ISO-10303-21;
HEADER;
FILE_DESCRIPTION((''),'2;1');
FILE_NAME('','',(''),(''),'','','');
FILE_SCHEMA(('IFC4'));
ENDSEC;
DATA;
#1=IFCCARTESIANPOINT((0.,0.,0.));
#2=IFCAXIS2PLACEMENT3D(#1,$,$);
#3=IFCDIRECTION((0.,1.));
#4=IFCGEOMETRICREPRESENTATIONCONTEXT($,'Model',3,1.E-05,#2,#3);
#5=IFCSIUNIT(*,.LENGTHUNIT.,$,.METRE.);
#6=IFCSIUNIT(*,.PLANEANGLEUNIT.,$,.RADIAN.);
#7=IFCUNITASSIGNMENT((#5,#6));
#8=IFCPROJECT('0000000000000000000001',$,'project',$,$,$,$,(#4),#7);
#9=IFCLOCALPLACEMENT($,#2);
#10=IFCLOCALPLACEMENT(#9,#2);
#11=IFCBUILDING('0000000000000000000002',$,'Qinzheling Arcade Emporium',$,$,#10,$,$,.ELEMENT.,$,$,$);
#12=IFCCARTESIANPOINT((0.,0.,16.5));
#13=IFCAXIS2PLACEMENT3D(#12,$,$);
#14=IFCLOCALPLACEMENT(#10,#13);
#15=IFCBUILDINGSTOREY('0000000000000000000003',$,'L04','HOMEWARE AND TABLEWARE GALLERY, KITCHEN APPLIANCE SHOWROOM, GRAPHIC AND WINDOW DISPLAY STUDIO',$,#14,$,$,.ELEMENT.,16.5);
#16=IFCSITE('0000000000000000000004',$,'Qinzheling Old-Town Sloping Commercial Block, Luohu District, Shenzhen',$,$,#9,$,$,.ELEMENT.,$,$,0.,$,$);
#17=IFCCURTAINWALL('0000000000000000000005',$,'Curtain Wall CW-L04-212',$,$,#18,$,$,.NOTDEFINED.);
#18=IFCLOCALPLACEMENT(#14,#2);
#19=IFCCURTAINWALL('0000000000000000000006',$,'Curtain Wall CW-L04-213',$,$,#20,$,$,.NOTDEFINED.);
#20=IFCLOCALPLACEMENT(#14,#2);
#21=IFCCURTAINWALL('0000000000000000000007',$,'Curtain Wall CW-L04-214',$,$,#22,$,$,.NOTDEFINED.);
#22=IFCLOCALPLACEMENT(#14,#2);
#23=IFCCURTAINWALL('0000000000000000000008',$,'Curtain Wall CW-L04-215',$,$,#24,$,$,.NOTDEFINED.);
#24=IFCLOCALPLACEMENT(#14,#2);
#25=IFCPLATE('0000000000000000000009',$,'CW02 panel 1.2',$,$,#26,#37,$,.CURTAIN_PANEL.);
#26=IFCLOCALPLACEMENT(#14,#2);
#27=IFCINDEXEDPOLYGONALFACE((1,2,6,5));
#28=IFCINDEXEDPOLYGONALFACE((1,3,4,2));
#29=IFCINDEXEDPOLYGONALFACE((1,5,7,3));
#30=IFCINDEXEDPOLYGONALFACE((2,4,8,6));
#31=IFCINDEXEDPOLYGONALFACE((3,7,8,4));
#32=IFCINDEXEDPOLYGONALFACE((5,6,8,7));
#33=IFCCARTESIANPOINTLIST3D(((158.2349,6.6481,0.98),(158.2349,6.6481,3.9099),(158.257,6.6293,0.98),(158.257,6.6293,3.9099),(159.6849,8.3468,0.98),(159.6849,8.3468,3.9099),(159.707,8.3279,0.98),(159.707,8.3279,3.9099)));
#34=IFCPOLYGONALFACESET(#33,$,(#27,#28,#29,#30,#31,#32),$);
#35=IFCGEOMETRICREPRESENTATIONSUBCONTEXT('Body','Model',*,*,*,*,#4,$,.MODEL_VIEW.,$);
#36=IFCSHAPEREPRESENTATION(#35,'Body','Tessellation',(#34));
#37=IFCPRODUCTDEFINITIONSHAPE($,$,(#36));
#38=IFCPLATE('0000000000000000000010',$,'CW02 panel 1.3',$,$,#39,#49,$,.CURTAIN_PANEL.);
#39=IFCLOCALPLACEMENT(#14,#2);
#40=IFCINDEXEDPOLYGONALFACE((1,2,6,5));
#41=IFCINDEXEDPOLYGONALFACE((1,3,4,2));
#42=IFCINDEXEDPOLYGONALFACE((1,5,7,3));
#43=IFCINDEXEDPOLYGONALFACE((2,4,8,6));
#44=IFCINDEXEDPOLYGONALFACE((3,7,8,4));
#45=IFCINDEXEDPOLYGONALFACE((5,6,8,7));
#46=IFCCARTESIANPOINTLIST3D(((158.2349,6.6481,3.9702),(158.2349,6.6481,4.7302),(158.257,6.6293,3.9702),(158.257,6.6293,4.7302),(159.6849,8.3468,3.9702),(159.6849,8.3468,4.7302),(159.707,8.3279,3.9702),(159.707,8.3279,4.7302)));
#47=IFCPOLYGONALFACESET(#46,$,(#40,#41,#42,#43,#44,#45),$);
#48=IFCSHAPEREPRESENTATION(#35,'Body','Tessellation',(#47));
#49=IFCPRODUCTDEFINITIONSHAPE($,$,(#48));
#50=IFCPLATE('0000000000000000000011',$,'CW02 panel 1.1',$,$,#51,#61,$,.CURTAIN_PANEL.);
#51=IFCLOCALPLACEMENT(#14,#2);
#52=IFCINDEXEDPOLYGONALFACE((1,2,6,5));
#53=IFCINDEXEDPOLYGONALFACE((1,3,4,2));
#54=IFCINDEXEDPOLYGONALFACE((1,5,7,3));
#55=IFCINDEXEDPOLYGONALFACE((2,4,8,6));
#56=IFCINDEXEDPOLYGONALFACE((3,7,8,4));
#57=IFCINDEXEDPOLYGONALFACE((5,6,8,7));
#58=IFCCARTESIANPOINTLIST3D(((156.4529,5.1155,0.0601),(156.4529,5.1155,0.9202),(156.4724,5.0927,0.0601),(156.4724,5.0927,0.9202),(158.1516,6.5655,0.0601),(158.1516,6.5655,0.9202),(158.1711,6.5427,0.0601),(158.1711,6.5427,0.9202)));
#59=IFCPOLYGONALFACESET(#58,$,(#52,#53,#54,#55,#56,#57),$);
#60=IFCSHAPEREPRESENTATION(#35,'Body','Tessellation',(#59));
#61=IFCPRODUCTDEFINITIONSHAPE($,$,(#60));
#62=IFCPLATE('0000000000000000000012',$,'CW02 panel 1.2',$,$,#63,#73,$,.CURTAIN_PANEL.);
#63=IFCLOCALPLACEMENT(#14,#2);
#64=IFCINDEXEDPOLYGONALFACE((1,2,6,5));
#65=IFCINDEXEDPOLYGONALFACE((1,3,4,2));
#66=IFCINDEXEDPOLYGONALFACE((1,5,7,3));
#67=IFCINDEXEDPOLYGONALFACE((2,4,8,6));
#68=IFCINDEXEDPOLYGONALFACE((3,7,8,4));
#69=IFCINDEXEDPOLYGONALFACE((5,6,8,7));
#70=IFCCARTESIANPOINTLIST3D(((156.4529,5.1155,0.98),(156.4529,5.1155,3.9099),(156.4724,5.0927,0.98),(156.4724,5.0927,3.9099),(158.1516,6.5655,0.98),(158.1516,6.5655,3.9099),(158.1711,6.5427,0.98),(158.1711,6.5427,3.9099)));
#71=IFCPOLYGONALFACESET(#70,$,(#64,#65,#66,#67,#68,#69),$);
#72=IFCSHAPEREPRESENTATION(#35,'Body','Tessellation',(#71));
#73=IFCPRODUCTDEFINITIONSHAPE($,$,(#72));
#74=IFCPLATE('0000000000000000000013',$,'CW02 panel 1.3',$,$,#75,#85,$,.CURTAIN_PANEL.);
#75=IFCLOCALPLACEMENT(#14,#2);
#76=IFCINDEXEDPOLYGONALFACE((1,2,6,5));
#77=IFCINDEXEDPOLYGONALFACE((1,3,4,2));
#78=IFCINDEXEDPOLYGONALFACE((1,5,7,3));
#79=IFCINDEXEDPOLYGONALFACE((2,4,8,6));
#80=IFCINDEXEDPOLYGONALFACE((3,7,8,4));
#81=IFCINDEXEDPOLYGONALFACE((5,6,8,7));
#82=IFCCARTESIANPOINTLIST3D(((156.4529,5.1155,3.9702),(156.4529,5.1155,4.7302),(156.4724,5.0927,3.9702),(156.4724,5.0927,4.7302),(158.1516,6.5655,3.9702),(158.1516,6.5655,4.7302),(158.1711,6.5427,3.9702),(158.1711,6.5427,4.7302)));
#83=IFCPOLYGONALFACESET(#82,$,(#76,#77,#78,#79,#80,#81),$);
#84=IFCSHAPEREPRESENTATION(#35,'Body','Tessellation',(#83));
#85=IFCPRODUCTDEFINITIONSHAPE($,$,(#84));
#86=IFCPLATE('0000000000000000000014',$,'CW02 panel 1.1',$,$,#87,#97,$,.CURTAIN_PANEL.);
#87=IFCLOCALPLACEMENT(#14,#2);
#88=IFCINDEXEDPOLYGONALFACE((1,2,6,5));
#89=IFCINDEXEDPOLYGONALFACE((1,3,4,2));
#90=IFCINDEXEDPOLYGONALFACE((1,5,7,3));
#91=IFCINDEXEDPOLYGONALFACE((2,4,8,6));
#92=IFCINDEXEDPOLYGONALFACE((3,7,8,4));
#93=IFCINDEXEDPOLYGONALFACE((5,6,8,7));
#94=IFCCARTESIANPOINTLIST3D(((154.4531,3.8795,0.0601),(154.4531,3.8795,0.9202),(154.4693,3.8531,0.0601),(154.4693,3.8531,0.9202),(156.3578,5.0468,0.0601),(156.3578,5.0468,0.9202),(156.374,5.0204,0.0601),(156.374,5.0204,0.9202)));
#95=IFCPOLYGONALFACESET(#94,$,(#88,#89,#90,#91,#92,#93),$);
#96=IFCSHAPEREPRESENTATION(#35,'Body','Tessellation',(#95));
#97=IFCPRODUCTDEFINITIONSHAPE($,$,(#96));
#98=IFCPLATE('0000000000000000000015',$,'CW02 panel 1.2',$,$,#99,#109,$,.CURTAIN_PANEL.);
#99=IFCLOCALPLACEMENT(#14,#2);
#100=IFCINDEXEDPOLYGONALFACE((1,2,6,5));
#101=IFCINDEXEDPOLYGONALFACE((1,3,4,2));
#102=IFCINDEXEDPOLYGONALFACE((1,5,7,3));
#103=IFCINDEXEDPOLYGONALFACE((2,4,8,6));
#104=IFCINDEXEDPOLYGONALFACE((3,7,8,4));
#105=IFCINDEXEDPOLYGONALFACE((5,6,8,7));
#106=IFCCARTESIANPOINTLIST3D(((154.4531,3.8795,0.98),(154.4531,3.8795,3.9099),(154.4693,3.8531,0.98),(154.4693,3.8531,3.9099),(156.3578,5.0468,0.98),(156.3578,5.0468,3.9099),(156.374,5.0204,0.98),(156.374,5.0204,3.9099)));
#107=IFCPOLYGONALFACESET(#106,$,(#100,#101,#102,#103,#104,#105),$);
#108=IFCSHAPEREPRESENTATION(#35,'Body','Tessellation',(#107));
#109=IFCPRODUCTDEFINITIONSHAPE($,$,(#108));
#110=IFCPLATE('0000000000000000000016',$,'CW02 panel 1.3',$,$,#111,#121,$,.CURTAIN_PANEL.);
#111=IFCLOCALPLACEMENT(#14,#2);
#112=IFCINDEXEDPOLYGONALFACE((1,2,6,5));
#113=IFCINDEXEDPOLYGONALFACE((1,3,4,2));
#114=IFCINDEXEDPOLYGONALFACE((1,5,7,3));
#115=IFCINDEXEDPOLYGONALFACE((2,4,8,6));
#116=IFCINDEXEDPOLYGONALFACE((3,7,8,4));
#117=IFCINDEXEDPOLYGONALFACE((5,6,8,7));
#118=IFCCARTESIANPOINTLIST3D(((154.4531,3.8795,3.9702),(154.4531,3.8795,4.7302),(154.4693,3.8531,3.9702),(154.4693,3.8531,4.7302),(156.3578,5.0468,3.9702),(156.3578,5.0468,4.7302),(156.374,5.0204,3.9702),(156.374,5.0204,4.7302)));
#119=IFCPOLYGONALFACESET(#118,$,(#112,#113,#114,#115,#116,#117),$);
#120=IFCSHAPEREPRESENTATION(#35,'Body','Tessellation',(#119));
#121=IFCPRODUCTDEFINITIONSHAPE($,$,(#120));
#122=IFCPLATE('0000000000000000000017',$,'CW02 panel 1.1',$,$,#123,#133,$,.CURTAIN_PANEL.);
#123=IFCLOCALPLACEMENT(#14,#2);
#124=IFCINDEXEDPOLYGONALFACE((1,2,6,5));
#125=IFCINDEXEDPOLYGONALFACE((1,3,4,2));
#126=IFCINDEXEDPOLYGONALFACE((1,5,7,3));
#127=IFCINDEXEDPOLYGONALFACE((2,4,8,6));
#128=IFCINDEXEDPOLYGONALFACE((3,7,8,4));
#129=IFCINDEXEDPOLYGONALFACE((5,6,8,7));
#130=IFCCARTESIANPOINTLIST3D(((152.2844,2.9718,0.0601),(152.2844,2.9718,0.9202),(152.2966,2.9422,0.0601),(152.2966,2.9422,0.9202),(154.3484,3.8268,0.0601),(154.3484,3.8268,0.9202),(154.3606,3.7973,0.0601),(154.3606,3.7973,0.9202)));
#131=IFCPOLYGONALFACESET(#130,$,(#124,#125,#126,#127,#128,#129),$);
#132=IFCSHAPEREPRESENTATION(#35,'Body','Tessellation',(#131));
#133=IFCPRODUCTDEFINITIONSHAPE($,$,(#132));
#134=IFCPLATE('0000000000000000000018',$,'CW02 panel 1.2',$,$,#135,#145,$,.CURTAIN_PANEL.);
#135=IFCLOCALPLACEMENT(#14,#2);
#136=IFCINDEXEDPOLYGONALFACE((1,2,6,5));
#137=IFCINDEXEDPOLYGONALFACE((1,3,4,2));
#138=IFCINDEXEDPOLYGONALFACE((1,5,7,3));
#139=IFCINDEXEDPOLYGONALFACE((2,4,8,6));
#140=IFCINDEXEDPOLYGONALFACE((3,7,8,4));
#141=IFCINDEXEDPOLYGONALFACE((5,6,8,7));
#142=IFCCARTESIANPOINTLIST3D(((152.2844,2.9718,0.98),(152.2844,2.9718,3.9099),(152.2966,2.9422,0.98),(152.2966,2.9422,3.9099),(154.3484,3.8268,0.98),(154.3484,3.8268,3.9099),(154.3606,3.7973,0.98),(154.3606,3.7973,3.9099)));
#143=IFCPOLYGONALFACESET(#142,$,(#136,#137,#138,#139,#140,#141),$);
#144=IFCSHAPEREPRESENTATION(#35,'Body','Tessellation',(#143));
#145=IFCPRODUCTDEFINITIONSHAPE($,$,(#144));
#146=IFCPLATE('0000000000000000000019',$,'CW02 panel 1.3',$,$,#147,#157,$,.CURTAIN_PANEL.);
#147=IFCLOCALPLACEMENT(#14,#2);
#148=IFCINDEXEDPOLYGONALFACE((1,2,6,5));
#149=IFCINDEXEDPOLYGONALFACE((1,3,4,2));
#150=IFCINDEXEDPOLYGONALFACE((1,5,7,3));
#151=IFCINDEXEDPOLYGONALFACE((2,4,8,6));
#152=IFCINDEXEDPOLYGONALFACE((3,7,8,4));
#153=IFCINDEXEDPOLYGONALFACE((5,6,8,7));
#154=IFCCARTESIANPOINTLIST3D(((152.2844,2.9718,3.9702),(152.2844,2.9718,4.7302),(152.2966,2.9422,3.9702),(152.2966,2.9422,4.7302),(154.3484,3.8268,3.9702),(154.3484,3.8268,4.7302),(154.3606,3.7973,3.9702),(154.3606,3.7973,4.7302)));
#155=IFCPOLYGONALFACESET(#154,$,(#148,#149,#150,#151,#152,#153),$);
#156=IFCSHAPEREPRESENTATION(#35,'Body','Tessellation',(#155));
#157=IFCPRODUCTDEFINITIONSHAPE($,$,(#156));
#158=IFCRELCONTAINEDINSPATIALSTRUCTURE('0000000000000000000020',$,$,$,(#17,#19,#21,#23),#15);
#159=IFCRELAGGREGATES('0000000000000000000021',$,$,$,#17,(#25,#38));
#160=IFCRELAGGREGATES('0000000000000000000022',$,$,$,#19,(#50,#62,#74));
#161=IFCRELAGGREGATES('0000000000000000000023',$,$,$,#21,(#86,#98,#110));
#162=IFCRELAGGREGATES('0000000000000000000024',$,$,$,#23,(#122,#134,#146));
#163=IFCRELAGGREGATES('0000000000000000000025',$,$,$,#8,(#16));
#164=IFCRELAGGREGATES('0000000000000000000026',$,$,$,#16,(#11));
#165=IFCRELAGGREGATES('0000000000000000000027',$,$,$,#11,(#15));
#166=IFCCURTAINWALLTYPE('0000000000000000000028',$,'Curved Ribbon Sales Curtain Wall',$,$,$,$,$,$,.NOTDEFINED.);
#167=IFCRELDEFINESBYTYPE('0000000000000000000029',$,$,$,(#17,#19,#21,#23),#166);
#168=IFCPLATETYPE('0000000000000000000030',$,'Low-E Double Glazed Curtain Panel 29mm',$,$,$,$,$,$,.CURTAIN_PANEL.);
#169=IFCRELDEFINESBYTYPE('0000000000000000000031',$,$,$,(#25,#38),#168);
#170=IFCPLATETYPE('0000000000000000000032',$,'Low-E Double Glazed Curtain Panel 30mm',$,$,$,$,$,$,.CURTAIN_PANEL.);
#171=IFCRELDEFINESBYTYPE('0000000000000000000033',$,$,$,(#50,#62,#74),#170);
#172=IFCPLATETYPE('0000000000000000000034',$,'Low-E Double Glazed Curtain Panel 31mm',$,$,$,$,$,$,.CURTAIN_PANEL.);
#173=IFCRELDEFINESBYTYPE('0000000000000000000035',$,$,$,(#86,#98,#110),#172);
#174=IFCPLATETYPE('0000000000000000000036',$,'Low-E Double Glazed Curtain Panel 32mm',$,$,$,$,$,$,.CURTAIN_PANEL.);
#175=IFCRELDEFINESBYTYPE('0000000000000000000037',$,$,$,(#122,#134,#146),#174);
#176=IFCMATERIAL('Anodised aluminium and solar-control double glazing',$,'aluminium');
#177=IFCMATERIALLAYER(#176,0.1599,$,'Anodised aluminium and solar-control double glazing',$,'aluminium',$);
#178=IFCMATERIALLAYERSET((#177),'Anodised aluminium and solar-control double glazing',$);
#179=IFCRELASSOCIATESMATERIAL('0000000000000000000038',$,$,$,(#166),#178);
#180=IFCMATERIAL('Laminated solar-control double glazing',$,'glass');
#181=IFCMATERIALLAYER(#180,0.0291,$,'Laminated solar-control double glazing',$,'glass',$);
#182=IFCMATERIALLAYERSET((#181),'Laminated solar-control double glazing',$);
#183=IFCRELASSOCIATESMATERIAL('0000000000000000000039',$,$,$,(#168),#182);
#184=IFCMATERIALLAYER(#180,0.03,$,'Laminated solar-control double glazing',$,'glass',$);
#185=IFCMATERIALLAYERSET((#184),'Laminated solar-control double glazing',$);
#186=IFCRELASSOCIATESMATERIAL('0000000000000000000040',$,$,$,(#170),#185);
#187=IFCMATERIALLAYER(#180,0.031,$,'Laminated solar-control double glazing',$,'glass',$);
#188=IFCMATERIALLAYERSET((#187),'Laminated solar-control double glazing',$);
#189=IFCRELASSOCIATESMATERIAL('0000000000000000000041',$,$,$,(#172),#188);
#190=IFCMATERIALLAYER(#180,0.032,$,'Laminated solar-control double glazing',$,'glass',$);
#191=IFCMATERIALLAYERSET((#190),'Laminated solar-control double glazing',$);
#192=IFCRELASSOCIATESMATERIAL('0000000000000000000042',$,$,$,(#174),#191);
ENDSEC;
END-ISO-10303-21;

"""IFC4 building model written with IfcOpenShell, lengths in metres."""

from ifc_helpers import new_model, si_unit, direction, frame, origin, origin_2d, place, context, subcontext, project, spatial, rectangle, extrude, material, layer, layer_set, type_object, element, aggregate, save


model = new_model("IFC4")

# Units and contexts
model_context = context("Model", 3, precision=1e-05, world=origin(), true_north=direction((0.0, 1.0)))
body_context = subcontext(model_context, "Body", "Model", "MODEL_VIEW")
ifc_project = project(units=[si_unit("LENGTHUNIT", "METRE"), si_unit("PLANEANGLEUNIT", "RADIAN")], contexts=[model_context])

# Site, building, storey
site_placement = place(None, origin())
site = spatial("IfcSite", under=ifc_project, at=site_placement, Name="Qinzheling Old-Town Sloping Commercial Block, Luohu District, Shenzhen", CompositionType="ELEMENT", RefElevation=0.0)
building_placement = place(site_placement, origin())
building = spatial("IfcBuilding", under=site, at=building_placement, Name="Qinzheling Arcade Emporium", CompositionType="ELEMENT")
storey_placement = place(building_placement, frame((0.0, 0.0, 16.5)))
storey = spatial("IfcBuildingStorey", under=building, at=storey_placement, Name="L04", Description="HOMEWARE AND TABLEWARE GALLERY, KITCHEN APPLIANCE SHOWROOM, GRAPHIC AND WINDOW DISPLAY STUDIO", CompositionType="ELEMENT", Elevation=16.5)

# Shared definitions
ifc_material_1 = material(Name="Anodised aluminium and solar-control double glazing", Category="aluminium")
ifc_layer_1 = layer(ifc_material_1, 0.1599, Name="Anodised aluminium and solar-control double glazing", Category="aluminium")
ifc_layer_set_1 = layer_set([ifc_layer_1], Name="Anodised aluminium and solar-control double glazing")
curtain_wall_type = type_object("IfcCurtainWallType", Name="Curved Ribbon Sales Curtain Wall", PredefinedType="NOTDEFINED", material=ifc_layer_set_1)

# Curtain walls
curtain_wall_1_placement = place(storey_placement, origin())
curtain_wall_1 = element("IfcCurtainWall", 1, at=curtain_wall_1_placement, inside=storey, type_object=curtain_wall_type, Name="Curtain Wall CW-L04-212", PredefinedType="NOTDEFINED")
curtain_wall_2_placement = place(storey_placement, origin())
curtain_wall_2 = element("IfcCurtainWall", 2, at=curtain_wall_2_placement, inside=storey, type_object=curtain_wall_type, Name="Curtain Wall CW-L04-213", PredefinedType="NOTDEFINED")
curtain_wall_3_placement = place(storey_placement, origin())
curtain_wall_3 = element("IfcCurtainWall", 3, at=curtain_wall_3_placement, inside=storey, type_object=curtain_wall_type, Name="Curtain Wall CW-L04-214", PredefinedType="NOTDEFINED")

# Curtain wall
curtain_wall_4_placement = place(storey_placement, origin())
curtain_wall_4 = element("IfcCurtainWall", 4, at=curtain_wall_4_placement, inside=storey, type_object=curtain_wall_type, Name="Curtain Wall CW-L04-215", PredefinedType="NOTDEFINED")

# Plates
ifc_material_2 = material(Name="Laminated solar-control double glazing", Category="glass")
ifc_layer_2 = layer(ifc_material_2, 0.0291, Name="Laminated solar-control double glazing", Category="glass")
ifc_layer_set_2 = layer_set([ifc_layer_2], Name="Laminated solar-control double glazing")
plate_type_1 = type_object("IfcPlateType", Name="Low-E Double Glazed Curtain Panel 29mm", PredefinedType="CURTAIN_PANEL", material=ifc_layer_set_2)
plate_1_placement = place(storey_placement, frame((158.9709, 7.488, 0.98), z_axis=(0.0, 0.0, 1.0), x_axis=(-0.64925, -0.760575, 0.0)))
plate_1 = element("IfcPlate", 5, at=plate_1_placement, type_object=plate_type_1, Name="CW02 panel 1.2", PredefinedType="CURTAIN_PANEL", context=body_context, shape_type="SweptSolid", body=[
    extrude(rectangle(XDim=2.2334, YDim=0.0291, at=origin_2d()), origin(), (0.0, 0.0, 1.0), 2.9299),
])
plate_2_placement = place(storey_placement, frame((158.9709, 7.488, 3.9702), z_axis=(0.0, 0.0, 1.0), x_axis=(-0.64925, -0.760575, 0.0)))
plate_2 = element("IfcPlate", 6, at=plate_2_placement, type_object=plate_type_1, Name="CW02 panel 1.3", PredefinedType="CURTAIN_PANEL", context=body_context, shape_type="SweptSolid", body=[
    extrude(rectangle(XDim=2.2334, YDim=0.0291, at=origin_2d()), origin(), (0.0, 0.0, 1.0), 0.76),
])
aggregate(curtain_wall_1, [plate_1, plate_2])
ifc_layer_3 = layer(ifc_material_2, 0.03, Name="Laminated solar-control double glazing", Category="glass")
ifc_layer_set_3 = layer_set([ifc_layer_3], Name="Laminated solar-control double glazing")
plate_type_2 = type_object("IfcPlateType", Name="Low-E Double Glazed Curtain Panel 30mm", PredefinedType="CURTAIN_PANEL", material=ifc_layer_set_3)
plate_3_placement = place(storey_placement, frame((157.312, 5.8291, 0.0601), z_axis=(0.0, 0.0, 1.0), x_axis=(-0.760575, -0.64925, 0.0)))
plate_3 = element("IfcPlate", 7, at=plate_3_placement, type_object=plate_type_2, Name="CW02 panel 1.1", PredefinedType="CURTAIN_PANEL", context=body_context, shape_type="SweptSolid", body=[
    extrude(rectangle(XDim=2.2334, YDim=0.03, at=origin_2d()), origin(), (0.0, 0.0, 1.0), 0.8601),
])
plate_4_placement = place(storey_placement, frame((157.312, 5.8291, 0.98), z_axis=(0.0, 0.0, 1.0), x_axis=(-0.760575, -0.64925, 0.0)))
plate_4 = element("IfcPlate", 8, at=plate_4_placement, type_object=plate_type_2, Name="CW02 panel 1.2", PredefinedType="CURTAIN_PANEL", context=body_context, shape_type="SweptSolid", body=[
    extrude(rectangle(XDim=2.2334, YDim=0.03, at=origin_2d()), origin(), (0.0, 0.0, 1.0), 2.9299),
])
plate_5_placement = place(storey_placement, frame((157.312, 5.8291, 3.9702), z_axis=(0.0, 0.0, 1.0), x_axis=(-0.760575, -0.64925, 0.0)))
plate_5 = element("IfcPlate", 9, at=plate_5_placement, type_object=plate_type_2, Name="CW02 panel 1.3", PredefinedType="CURTAIN_PANEL", context=body_context, shape_type="SweptSolid", body=[
    extrude(rectangle(XDim=2.2334, YDim=0.03, at=origin_2d()), origin(), (0.0, 0.0, 1.0), 0.76),
])
aggregate(curtain_wall_2, [plate_3, plate_4, plate_5])
ifc_layer_4 = layer(ifc_material_2, 0.031, Name="Laminated solar-control double glazing", Category="glass")
ifc_layer_set_4 = layer_set([ifc_layer_4], Name="Laminated solar-control double glazing")
plate_type_3 = type_object("IfcPlateType", Name="Low-E Double Glazed Curtain Panel 31mm", PredefinedType="CURTAIN_PANEL", material=ifc_layer_set_4)
plate_6_placement = place(storey_placement, frame((155.4136, 4.45, 0.0601), z_axis=(0.0, 0.0, 1.0), x_axis=(-0.85262, -0.522532, 0.0)))
plate_6 = element("IfcPlate", 10, at=plate_6_placement, type_object=plate_type_3, Name="CW02 panel 1.1", PredefinedType="CURTAIN_PANEL", context=body_context, shape_type="SweptSolid", body=[
    extrude(rectangle(XDim=2.2339, YDim=0.031, at=origin_2d()), origin(), (0.0, 0.0, 1.0), 0.8601),
])
plate_7_placement = place(storey_placement, frame((155.4136, 4.45, 0.98), z_axis=(0.0, 0.0, 1.0), x_axis=(-0.85262, -0.522532, 0.0)))
plate_7 = element("IfcPlate", 11, at=plate_7_placement, type_object=plate_type_3, Name="CW02 panel 1.2", PredefinedType="CURTAIN_PANEL", context=body_context, shape_type="SweptSolid", body=[
    extrude(rectangle(XDim=2.2339, YDim=0.031, at=origin_2d()), origin(), (0.0, 0.0, 1.0), 2.9299),
])
plate_8_placement = place(storey_placement, frame((155.4136, 4.45, 3.9702), z_axis=(0.0, 0.0, 1.0), x_axis=(-0.85262, -0.522532, 0.0)))
plate_8 = element("IfcPlate", 12, at=plate_8_placement, type_object=plate_type_3, Name="CW02 panel 1.3", PredefinedType="CURTAIN_PANEL", context=body_context, shape_type="SweptSolid", body=[
    extrude(rectangle(XDim=2.2339, YDim=0.031, at=origin_2d()), origin(), (0.0, 0.0, 1.0), 0.76),
])
aggregate(curtain_wall_3, [plate_6, plate_7, plate_8])
ifc_layer_5 = layer(ifc_material_2, 0.032, Name="Laminated solar-control double glazing", Category="glass")
ifc_layer_set_5 = layer_set([ifc_layer_5], Name="Laminated solar-control double glazing")
plate_type_4 = type_object("IfcPlateType", Name="Low-E Double Glazed Curtain Panel 32mm", PredefinedType="CURTAIN_PANEL", material=ifc_layer_set_5)
plate_9_placement = place(storey_placement, frame((153.3225, 3.3845, 0.0601), z_axis=(0.0, 0.0, 1.0), x_axis=(-0.923867, -0.382714, 0.0)))
plate_9 = element("IfcPlate", 13, at=plate_9_placement, type_object=plate_type_4, Name="CW02 panel 1.1", PredefinedType="CURTAIN_PANEL", context=body_context, shape_type="SweptSolid", body=[
    extrude(rectangle(XDim=2.2341, YDim=0.032, at=origin_2d()), origin(), (0.0, 0.0, 1.0), 0.8601),
])
plate_10_placement = place(storey_placement, frame((153.3225, 3.3845, 0.98), z_axis=(0.0, 0.0, 1.0), x_axis=(-0.923867, -0.382714, 0.0)))
plate_10 = element("IfcPlate", 14, at=plate_10_placement, type_object=plate_type_4, Name="CW02 panel 1.2", PredefinedType="CURTAIN_PANEL", context=body_context, shape_type="SweptSolid", body=[
    extrude(rectangle(XDim=2.2341, YDim=0.032, at=origin_2d()), origin(), (0.0, 0.0, 1.0), 2.9299),
])
plate_11_placement = place(storey_placement, frame((153.3225, 3.3845, 3.9702), z_axis=(0.0, 0.0, 1.0), x_axis=(-0.923867, -0.382714, 0.0)))
plate_11 = element("IfcPlate", 15, at=plate_11_placement, type_object=plate_type_4, Name="CW02 panel 1.3", PredefinedType="CURTAIN_PANEL", context=body_context, shape_type="SweptSolid", body=[
    extrude(rectangle(XDim=2.2341, YDim=0.032, at=origin_2d()), origin(), (0.0, 0.0, 1.0), 0.76),
])
aggregate(curtain_wall_4, [plate_9, plate_10, plate_11])

save(model, "model.ifc")
